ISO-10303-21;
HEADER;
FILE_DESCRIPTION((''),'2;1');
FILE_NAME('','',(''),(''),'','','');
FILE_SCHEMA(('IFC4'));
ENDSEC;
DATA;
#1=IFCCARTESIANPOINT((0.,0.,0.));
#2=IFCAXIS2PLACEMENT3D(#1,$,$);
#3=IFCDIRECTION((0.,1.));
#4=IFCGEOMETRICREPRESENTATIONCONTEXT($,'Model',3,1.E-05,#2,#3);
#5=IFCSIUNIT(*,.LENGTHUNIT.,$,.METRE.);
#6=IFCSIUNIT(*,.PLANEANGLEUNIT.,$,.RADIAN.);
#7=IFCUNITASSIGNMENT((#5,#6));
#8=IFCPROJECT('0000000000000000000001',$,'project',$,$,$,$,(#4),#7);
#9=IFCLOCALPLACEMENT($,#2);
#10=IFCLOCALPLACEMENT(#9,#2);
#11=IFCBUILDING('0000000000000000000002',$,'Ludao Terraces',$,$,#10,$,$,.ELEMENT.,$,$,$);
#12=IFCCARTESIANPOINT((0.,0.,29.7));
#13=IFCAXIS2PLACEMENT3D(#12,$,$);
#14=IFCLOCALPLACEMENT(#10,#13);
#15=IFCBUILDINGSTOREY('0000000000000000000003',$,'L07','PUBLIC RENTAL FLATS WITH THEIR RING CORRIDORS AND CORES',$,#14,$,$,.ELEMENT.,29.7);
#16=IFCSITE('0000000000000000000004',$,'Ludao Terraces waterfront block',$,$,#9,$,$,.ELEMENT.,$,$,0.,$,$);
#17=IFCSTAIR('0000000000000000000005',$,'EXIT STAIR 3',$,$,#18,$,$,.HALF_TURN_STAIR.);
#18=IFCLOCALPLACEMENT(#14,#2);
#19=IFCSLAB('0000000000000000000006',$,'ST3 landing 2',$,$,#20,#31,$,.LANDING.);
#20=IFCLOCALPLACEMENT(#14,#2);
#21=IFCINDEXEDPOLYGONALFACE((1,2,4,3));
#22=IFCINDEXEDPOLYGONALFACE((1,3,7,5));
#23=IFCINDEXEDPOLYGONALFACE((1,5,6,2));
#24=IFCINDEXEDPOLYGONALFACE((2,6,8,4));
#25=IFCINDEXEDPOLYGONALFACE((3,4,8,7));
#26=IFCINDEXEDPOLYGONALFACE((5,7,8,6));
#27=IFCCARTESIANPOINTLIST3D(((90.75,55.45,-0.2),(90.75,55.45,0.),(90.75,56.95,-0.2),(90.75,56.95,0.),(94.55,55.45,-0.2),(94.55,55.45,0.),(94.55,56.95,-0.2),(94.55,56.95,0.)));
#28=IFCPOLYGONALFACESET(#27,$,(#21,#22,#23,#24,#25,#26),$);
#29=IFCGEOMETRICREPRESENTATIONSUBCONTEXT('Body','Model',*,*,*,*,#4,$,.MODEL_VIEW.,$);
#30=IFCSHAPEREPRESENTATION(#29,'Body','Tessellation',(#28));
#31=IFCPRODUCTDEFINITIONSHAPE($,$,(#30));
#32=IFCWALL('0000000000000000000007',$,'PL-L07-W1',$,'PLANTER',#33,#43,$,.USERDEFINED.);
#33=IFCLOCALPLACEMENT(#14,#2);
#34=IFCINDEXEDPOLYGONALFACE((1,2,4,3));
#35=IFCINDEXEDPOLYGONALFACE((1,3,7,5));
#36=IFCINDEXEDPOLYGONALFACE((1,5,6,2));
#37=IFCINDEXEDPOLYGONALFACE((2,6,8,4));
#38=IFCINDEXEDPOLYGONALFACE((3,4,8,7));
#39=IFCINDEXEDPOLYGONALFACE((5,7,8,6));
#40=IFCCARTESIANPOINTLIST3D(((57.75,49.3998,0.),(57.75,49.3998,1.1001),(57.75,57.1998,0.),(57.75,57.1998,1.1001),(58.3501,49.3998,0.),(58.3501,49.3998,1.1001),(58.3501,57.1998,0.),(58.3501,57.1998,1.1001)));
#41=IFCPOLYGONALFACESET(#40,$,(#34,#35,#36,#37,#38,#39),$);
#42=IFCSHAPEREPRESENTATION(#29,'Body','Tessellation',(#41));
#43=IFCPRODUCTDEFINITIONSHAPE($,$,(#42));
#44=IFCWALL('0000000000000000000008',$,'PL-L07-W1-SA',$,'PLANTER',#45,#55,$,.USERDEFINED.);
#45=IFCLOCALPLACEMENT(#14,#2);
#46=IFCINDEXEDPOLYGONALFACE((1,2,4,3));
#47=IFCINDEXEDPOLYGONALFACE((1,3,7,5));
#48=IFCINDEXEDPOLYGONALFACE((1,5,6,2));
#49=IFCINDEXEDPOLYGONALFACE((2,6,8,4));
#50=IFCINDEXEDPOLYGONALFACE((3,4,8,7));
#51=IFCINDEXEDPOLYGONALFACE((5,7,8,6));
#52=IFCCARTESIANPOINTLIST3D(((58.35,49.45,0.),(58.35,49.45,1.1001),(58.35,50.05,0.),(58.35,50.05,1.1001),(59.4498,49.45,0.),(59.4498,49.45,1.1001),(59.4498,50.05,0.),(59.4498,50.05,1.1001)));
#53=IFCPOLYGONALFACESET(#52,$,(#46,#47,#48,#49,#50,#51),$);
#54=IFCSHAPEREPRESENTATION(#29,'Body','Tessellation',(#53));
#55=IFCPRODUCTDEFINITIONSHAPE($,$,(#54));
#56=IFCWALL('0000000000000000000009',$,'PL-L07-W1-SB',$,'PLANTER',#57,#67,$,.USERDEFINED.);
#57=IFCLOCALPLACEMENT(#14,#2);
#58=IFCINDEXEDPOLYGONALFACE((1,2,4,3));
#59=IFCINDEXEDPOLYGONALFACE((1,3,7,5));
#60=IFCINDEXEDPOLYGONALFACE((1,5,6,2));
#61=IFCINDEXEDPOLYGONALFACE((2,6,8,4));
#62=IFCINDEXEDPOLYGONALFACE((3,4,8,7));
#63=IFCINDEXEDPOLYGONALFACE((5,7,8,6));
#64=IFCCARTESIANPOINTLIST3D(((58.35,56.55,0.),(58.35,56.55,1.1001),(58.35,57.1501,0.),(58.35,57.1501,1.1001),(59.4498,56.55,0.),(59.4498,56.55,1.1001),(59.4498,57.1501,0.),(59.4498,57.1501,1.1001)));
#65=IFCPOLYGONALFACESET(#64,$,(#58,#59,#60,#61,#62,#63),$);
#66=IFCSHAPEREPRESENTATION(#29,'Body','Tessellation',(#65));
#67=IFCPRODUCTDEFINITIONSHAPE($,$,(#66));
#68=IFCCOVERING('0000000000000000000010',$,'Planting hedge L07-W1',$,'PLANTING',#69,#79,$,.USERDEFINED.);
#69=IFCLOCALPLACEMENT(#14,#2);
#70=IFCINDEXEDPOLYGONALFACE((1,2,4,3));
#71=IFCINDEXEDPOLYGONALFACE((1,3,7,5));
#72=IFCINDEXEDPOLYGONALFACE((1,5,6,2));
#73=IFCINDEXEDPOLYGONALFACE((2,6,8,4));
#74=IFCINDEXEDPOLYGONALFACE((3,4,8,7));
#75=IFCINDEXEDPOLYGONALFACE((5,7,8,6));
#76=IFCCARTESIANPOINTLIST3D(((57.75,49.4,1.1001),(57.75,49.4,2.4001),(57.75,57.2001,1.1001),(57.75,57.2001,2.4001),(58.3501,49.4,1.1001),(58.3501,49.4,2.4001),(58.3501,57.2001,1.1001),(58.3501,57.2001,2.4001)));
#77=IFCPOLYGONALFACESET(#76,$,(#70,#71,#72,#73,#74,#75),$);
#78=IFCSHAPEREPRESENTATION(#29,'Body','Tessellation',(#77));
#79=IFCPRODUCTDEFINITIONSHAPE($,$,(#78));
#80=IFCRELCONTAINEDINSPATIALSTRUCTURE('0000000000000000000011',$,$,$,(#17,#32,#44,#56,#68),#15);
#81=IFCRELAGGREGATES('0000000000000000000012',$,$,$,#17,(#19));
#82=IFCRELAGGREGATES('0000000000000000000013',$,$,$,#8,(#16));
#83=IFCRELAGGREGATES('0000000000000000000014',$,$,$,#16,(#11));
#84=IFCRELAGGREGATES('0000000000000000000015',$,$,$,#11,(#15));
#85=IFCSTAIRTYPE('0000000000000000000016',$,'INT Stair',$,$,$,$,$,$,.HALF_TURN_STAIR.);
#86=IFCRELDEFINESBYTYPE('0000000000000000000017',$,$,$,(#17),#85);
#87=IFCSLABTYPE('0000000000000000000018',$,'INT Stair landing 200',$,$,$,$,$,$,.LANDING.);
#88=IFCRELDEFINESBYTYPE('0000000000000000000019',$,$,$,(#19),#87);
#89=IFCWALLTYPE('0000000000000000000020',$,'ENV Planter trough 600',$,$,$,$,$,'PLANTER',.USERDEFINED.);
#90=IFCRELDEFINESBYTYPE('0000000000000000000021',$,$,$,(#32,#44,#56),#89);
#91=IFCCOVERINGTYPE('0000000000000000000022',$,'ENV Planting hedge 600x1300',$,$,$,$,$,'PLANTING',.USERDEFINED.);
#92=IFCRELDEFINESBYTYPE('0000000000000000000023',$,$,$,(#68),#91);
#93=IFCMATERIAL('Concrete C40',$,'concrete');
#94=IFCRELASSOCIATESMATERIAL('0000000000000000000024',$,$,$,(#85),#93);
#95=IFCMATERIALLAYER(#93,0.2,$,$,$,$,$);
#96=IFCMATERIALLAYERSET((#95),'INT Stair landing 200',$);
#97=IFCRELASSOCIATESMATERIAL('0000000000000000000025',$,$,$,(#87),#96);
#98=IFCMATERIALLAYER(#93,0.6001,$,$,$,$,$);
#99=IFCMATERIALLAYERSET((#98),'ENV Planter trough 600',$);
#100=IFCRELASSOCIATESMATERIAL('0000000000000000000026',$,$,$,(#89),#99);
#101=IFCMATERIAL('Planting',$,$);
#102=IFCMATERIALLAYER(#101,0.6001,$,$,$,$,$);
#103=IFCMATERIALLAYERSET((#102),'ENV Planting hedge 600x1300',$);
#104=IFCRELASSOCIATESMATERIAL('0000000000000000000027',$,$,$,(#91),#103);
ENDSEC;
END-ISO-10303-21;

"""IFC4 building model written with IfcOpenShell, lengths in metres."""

from ifc_helpers import new_model, si_unit, direction, frame, frame_2d, origin, origin_2d, place, context, subcontext, project, spatial, polyline, rectangle, outline, extrude, material, layer, layer_set, type_object, element, aggregate, save


model = new_model("IFC4")

# Units and contexts
model_context = context("Model", 3, precision=1e-05, world=origin(), true_north=direction((0.0, 1.0)))
body_context = subcontext(model_context, "Body", "Model", "MODEL_VIEW")
ifc_project = project(units=[si_unit("LENGTHUNIT", "METRE"), si_unit("PLANEANGLEUNIT", "RADIAN")], contexts=[model_context])

# Site, building, storey
site_placement = place(None, origin())
site = spatial("IfcSite", under=ifc_project, at=site_placement, Name="Ludao Terraces waterfront block", CompositionType="ELEMENT", RefElevation=0.0)
building_placement = place(site_placement, origin())
building = spatial("IfcBuilding", under=site, at=building_placement, Name="Ludao Terraces", CompositionType="ELEMENT")
storey_placement = place(building_placement, frame((0.0, 0.0, 29.7)))
storey = spatial("IfcBuildingStorey", under=building, at=storey_placement, Name="L07", Description="PUBLIC RENTAL FLATS WITH THEIR RING CORRIDORS AND CORES", CompositionType="ELEMENT", Elevation=29.7)

# Shared definitions
ifc_material_1 = material(Name="Concrete C40", Category="concrete")

# Stair, slab
stair_type = type_object("IfcStairType", Name="INT Stair", PredefinedType="HALF_TURN_STAIR", material=ifc_material_1)
ifc_layer_1 = layer(ifc_material_1, 0.2)
ifc_layer_set_1 = layer_set([ifc_layer_1], Name="INT Stair landing 200")
slab_type_1 = type_object("IfcSlabType", Name="INT Stair landing 200", PredefinedType="LANDING", material=ifc_layer_set_1)
stair_1_placement = place(storey_placement, origin())
stair_1 = element("IfcStair", 1, at=stair_1_placement, inside=storey, type_object=stair_type, Name="EXIT STAIR 3", PredefinedType="HALF_TURN_STAIR")
slab_1_placement = place(storey_placement, frame((0.0, 0.0, -0.2)))
slab_1 = element("IfcSlab", 2, at=slab_1_placement, type_object=slab_type_1, Name="ST3 landing 2", PredefinedType="LANDING", context=body_context, shape_type="SweptSolid", body=[
    extrude(outline(polyline([(90.75, 55.45), (94.55, 55.45), (94.55, 56.95), (90.75, 56.95), (90.75, 55.45)])), origin(), (0.0, 0.0, 1.0), 0.2),
])
aggregate(stair_1, [slab_1])

# Walls
ifc_layer_2 = layer(ifc_material_1, 0.6001)
ifc_layer_set_2 = layer_set([ifc_layer_2], Name="ENV Planter trough 600")
wall_type = type_object("IfcWallType", Name="ENV Planter trough 600", ElementType="PLANTER", PredefinedType="USERDEFINED", material=ifc_layer_set_2)
wall_placement = place(storey_placement, frame((58.05, 49.3999, 0.0), z_axis=(0.0, 0.0, 1.0), x_axis=(0.0, 1.0, 0.0)))
element("IfcWall", 3, at=wall_placement, inside=storey, type_object=wall_type, Name="PL-L07-W1", ObjectType="PLANTER", PredefinedType="USERDEFINED", context=body_context, shape_type="SweptSolid", body=[
    extrude(rectangle(XDim=7.8, YDim=0.6001, at=frame_2d((3.8999, 0.0))), origin(), (0.0, 0.0, 1.0), 1.1001),
])
for number, where, z_axis, x_axis, name in (
    (4, (58.3501, 49.75, 0.0), (0.0, 0.0, 1.0), (1.0, 0.0, 0.0), "PL-L07-W1-SA"),
    (5, (58.3501, 56.8501, 0.0), (0.0, 0.0, 1.0), (1.0, 0.0, 0.0), "PL-L07-W1-SB"),
):
    element("IfcWall", number, at=place(storey_placement, frame(where, z_axis=z_axis, x_axis=x_axis)), inside=storey, type_object=wall_type, Name=name, ObjectType="PLANTER", PredefinedType="USERDEFINED", context=body_context, shape_type="SweptSolid", body=[
        extrude(rectangle(XDim=1.0999, YDim=0.6001, at=frame_2d((0.5498, 0.0))), origin(), (0.0, 0.0, 1.0), 1.1001),
    ])

# Covering
ifc_material_2 = material(Name="Planting")
ifc_layer_3 = layer(ifc_material_2, 0.6001)
ifc_layer_set_3 = layer_set([ifc_layer_3], Name="ENV Planting hedge 600x1300")
covering_type = type_object("IfcCoveringType", Name="ENV Planting hedge 600x1300", ElementType="PLANTING", PredefinedType="USERDEFINED", material=ifc_layer_set_3)
covering_placement = place(storey_placement, frame((58.05, 53.3, 1.1001), z_axis=(0.0, 0.0, 1.0), x_axis=(1.0, 0.0, 0.0)))
element("IfcCovering", 6, at=covering_placement, inside=storey, type_object=covering_type, Name="Planting hedge L07-W1", ObjectType="PLANTING", PredefinedType="USERDEFINED", context=body_context, shape_type="SweptSolid", body=[
    extrude(rectangle(XDim=0.6001, YDim=7.8, at=origin_2d()), origin(), (0.0, 0.0, 1.0), 1.3),
])

save(model, "model.ifc")
